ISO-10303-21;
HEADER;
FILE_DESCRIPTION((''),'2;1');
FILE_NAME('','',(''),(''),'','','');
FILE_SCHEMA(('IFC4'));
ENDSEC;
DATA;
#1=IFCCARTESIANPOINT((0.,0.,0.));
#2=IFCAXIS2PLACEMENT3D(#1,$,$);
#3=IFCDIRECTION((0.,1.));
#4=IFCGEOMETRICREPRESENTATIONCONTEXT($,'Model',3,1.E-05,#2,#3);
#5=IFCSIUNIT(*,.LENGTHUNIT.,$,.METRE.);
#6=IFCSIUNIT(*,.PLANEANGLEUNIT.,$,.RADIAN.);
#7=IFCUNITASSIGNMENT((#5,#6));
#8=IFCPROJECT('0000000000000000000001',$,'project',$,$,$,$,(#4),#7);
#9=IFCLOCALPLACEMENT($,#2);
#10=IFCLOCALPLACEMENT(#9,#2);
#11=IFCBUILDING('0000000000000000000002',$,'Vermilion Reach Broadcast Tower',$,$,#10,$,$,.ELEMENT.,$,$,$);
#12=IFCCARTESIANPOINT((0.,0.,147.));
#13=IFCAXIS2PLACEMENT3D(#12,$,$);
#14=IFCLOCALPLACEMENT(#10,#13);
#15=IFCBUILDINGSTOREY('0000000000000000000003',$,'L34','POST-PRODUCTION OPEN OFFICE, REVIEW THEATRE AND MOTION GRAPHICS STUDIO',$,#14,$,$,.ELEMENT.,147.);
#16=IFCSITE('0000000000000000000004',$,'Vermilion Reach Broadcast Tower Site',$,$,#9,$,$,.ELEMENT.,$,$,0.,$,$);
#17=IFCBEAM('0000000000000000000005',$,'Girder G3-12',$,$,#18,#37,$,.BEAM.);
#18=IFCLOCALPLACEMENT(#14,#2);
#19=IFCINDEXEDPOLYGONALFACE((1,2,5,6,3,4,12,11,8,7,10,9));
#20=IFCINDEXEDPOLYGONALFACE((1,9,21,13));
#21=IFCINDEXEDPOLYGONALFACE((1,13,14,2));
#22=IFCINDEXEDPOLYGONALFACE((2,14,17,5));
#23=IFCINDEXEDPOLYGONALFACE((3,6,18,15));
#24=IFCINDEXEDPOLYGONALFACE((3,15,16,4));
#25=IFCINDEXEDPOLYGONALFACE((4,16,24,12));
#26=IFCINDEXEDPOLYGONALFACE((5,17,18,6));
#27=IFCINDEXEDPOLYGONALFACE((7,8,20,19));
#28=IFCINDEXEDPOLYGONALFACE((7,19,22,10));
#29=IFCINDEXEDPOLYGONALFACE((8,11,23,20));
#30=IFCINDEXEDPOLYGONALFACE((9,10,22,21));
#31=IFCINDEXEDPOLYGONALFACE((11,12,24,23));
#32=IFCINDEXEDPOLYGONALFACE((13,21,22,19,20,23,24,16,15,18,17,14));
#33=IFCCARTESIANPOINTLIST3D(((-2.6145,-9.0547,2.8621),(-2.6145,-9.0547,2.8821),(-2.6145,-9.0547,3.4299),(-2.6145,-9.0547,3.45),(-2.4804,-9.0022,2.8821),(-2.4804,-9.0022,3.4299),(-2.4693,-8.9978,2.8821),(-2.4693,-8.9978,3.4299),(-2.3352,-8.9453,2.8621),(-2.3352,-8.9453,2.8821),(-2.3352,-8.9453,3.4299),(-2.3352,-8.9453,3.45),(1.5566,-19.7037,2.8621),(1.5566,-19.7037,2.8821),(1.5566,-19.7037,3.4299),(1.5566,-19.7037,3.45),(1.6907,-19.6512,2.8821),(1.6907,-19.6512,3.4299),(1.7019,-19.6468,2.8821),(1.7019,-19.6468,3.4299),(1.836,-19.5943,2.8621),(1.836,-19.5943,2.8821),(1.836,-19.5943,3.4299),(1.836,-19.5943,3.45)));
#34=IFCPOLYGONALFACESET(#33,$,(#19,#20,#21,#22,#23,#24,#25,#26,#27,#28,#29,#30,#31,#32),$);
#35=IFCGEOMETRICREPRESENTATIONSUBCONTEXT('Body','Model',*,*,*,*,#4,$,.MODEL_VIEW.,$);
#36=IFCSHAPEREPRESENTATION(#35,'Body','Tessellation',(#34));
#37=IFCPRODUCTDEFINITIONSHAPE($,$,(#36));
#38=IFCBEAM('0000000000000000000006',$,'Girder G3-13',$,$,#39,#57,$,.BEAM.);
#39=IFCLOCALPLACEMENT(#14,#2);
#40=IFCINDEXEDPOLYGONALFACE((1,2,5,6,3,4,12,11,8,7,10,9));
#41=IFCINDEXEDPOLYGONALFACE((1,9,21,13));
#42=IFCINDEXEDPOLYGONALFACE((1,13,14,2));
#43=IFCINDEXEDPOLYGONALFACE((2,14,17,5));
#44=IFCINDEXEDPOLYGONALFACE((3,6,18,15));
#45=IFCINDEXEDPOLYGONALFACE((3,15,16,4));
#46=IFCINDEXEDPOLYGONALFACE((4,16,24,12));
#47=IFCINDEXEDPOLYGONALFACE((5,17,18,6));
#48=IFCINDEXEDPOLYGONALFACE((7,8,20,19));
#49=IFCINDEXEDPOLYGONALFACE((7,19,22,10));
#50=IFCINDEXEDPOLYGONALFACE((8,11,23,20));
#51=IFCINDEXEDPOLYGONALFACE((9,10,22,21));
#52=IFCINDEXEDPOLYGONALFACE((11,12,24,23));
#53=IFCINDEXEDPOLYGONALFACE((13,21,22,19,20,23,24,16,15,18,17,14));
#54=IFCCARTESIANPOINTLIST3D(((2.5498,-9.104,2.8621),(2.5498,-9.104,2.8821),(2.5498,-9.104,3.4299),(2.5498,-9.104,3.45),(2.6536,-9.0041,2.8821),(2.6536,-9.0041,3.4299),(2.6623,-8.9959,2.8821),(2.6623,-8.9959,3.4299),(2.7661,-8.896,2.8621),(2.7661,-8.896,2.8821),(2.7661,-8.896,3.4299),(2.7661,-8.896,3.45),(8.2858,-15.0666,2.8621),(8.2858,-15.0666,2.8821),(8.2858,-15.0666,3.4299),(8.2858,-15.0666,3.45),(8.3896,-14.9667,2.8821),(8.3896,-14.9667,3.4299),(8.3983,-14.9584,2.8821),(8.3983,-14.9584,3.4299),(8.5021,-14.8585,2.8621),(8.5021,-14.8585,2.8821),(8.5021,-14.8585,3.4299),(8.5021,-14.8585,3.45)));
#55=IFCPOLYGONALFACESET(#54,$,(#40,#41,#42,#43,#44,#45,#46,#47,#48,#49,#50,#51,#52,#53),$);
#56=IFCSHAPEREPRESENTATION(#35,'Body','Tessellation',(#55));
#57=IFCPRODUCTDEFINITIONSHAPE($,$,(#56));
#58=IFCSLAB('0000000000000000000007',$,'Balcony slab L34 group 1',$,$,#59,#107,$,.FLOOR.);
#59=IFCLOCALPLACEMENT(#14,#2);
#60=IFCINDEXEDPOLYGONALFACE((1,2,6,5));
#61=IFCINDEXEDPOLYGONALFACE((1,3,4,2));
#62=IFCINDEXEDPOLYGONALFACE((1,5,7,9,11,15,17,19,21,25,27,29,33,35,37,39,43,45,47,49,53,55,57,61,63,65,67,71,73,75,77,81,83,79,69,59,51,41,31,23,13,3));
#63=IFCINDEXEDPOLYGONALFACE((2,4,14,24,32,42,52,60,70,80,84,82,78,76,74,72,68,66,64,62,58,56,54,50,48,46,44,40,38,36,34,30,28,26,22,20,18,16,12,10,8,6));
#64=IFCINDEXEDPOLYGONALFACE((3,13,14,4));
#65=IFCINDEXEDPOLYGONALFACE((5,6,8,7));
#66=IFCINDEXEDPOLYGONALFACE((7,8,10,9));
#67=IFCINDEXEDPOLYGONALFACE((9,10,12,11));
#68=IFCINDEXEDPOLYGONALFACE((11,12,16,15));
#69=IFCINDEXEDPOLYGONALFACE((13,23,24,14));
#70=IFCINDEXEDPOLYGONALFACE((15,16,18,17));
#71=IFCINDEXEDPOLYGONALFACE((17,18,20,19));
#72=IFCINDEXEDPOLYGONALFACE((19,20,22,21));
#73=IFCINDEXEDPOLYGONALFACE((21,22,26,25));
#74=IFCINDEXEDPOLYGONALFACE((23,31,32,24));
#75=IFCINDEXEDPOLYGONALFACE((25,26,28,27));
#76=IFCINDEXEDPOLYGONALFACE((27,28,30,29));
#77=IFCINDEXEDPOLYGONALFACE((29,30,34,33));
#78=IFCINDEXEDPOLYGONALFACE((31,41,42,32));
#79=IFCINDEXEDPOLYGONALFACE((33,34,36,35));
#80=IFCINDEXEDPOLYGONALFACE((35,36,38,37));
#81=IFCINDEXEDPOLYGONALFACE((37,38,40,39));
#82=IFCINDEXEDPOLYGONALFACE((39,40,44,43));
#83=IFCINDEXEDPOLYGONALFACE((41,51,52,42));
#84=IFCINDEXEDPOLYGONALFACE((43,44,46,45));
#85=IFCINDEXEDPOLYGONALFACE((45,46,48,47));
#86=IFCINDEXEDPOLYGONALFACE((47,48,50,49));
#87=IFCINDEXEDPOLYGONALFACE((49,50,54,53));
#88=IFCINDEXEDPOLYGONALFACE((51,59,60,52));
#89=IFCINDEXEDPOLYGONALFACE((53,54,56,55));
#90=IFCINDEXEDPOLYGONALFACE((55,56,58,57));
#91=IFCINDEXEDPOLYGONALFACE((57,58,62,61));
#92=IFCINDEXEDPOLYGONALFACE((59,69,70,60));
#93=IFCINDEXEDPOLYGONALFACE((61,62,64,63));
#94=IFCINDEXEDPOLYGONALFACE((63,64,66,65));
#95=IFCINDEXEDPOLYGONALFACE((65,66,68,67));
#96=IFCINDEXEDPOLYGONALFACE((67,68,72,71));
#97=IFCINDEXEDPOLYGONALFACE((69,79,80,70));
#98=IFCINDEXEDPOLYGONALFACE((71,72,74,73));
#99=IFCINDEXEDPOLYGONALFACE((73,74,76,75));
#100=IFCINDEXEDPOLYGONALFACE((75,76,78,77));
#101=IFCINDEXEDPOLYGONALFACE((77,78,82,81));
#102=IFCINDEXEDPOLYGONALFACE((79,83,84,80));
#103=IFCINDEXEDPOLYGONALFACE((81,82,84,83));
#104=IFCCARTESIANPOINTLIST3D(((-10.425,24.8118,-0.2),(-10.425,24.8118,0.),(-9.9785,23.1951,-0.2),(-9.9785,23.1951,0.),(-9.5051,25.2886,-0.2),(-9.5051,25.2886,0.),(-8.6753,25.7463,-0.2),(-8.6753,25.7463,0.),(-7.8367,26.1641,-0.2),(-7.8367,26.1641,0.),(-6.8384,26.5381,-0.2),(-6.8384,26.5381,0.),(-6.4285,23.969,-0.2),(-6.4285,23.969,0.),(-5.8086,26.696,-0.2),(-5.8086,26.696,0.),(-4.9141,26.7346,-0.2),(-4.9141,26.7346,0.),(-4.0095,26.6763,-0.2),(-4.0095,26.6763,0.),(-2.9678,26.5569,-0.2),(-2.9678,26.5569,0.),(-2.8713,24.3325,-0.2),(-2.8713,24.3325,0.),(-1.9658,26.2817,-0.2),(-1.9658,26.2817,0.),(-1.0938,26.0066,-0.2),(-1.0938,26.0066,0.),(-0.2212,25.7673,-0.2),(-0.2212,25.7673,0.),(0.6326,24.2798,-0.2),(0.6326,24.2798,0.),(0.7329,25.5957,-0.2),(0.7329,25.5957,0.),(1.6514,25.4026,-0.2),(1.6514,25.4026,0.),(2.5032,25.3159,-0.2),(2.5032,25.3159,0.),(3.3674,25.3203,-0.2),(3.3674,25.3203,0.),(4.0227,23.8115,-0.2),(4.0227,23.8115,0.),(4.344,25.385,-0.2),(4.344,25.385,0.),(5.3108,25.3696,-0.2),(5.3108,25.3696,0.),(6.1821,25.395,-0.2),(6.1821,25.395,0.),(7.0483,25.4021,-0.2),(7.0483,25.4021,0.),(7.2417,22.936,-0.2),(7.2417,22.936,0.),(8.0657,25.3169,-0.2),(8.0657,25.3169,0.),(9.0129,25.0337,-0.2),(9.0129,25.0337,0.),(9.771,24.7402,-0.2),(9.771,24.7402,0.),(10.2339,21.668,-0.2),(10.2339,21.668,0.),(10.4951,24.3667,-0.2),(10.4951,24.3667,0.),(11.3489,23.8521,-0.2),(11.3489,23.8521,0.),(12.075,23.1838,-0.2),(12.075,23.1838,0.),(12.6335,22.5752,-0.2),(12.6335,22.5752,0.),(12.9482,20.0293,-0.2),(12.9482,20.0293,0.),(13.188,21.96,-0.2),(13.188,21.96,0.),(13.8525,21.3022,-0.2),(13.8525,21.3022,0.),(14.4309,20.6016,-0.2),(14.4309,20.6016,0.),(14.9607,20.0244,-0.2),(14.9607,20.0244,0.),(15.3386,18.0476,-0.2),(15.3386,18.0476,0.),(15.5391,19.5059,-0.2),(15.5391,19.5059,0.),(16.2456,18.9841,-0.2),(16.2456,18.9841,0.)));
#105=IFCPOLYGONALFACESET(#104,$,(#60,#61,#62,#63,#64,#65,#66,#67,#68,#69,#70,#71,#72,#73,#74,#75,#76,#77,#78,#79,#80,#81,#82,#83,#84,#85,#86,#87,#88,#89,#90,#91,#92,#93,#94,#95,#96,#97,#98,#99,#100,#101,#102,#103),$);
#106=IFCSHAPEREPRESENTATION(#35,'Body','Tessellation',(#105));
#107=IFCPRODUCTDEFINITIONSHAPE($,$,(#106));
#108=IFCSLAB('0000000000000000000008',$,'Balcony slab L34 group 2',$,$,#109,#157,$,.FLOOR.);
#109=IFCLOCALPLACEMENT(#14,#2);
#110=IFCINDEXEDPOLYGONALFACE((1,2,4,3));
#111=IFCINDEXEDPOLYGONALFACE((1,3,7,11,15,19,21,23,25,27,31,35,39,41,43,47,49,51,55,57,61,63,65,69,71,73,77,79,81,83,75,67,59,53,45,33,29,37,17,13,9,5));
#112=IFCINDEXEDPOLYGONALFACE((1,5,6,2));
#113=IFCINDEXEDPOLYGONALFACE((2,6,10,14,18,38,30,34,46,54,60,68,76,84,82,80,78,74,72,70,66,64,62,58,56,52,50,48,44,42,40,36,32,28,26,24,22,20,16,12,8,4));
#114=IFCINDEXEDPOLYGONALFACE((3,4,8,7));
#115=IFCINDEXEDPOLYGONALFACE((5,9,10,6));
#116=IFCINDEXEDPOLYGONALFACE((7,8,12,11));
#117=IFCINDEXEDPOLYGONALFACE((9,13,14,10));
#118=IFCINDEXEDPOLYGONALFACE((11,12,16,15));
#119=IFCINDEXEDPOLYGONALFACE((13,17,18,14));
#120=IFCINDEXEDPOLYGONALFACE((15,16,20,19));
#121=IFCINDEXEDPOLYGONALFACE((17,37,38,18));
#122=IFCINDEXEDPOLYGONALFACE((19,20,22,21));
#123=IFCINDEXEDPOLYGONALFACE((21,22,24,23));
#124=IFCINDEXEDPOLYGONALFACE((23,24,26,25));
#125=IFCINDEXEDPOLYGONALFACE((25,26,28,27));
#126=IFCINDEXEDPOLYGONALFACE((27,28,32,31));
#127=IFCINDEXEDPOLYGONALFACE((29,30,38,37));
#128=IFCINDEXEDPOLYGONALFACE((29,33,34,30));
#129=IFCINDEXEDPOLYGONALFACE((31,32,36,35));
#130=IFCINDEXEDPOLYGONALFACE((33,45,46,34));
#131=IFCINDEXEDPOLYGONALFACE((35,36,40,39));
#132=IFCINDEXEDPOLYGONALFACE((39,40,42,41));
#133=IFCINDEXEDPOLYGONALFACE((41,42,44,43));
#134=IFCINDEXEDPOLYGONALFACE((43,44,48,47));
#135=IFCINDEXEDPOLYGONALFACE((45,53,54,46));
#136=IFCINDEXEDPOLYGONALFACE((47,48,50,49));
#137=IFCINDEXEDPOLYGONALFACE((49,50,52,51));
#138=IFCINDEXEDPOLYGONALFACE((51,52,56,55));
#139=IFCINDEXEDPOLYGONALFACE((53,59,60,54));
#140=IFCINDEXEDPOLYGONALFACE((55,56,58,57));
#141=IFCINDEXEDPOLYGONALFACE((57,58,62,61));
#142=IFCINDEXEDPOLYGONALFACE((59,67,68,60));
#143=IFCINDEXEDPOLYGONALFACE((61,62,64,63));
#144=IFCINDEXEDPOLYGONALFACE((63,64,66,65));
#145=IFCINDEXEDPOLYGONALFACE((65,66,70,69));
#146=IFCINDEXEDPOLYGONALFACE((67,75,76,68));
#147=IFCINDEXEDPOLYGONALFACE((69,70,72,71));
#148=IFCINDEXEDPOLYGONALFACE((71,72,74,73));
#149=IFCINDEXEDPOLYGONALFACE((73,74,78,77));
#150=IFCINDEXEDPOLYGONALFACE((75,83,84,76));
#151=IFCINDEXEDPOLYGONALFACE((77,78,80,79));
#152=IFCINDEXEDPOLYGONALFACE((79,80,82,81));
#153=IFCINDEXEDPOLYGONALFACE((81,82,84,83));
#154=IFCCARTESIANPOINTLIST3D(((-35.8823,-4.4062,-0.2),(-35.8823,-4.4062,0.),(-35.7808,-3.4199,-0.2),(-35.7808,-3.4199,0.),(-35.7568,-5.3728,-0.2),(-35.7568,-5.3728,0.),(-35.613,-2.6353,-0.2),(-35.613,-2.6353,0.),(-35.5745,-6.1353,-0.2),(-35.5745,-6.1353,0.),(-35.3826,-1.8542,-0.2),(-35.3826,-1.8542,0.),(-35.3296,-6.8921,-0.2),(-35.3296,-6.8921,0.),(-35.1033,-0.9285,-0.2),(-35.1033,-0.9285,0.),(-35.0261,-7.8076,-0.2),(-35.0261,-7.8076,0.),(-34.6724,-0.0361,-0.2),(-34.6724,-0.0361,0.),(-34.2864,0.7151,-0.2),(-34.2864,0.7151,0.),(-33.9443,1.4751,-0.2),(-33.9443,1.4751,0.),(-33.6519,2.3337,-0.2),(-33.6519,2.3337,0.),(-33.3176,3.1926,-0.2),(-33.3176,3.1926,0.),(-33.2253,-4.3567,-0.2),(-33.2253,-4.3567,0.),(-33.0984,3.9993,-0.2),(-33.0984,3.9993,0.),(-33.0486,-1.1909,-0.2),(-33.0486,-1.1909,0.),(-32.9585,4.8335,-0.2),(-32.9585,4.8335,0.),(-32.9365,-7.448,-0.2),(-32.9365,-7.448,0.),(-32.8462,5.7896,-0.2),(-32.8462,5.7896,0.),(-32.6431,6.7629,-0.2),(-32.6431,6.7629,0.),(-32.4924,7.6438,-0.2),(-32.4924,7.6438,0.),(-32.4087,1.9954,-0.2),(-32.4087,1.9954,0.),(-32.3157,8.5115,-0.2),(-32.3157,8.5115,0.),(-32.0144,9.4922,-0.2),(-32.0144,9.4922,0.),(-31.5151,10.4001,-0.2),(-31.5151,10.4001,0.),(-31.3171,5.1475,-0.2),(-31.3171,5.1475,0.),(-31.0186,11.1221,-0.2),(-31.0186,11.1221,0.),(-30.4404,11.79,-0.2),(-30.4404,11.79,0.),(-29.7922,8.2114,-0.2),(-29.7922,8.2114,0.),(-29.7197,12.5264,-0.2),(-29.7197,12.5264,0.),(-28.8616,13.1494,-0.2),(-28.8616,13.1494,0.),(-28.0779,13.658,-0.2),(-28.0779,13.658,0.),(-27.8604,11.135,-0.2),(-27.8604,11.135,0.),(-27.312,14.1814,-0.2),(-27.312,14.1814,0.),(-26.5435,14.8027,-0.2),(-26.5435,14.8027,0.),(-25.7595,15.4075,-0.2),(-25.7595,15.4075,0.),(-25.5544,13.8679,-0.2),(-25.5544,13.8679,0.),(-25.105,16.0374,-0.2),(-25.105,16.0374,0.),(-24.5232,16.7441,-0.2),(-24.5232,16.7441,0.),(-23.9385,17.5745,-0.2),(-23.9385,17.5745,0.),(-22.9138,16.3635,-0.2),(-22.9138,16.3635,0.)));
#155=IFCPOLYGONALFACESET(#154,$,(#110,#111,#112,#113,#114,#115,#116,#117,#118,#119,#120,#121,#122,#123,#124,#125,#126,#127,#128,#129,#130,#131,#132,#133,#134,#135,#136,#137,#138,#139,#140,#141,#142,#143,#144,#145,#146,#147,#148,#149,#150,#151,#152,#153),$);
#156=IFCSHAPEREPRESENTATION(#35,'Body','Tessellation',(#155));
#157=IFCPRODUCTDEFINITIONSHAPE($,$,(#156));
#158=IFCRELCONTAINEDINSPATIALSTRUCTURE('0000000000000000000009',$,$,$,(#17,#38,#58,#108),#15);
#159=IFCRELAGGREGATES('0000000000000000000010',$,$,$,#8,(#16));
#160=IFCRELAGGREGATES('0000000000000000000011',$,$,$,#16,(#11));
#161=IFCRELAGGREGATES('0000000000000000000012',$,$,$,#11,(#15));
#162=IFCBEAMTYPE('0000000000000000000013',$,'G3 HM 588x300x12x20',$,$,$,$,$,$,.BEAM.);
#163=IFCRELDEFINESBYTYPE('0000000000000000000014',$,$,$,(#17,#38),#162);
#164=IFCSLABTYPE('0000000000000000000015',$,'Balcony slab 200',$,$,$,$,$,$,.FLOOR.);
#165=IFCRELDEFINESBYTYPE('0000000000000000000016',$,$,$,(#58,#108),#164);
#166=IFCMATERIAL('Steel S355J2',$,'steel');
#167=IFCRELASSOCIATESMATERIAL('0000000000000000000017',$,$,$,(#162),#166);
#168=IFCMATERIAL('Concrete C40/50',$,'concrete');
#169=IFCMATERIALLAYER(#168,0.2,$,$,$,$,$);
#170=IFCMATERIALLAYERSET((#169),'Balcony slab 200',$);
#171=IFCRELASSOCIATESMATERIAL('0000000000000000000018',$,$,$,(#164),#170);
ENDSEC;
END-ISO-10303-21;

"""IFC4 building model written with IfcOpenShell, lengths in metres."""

from ifc_helpers import new_model, si_unit, direction, frame, origin, origin_2d, place, context, subcontext, project, spatial, polyline, i_section, outline, extrude, material, layer, layer_set, material_profile, profile_set, type_object, element, save


model = new_model("IFC4")

# Units and contexts
model_context = context("Model", 3, precision=1e-05, world=origin(), true_north=direction((0.0, 1.0)))
body_context = subcontext(model_context, "Body", "Model", "MODEL_VIEW")
ifc_project = project(units=[si_unit("LENGTHUNIT", "METRE"), si_unit("PLANEANGLEUNIT", "RADIAN")], contexts=[model_context])

# Site, building, storey
site_placement = place(None, origin())
site = spatial("IfcSite", under=ifc_project, at=site_placement, Name="Vermilion Reach Broadcast Tower Site", CompositionType="ELEMENT", RefElevation=0.0)
building_placement = place(site_placement, origin())
building = spatial("IfcBuilding", under=site, at=building_placement, Name="Vermilion Reach Broadcast Tower", CompositionType="ELEMENT")
storey_placement = place(building_placement, frame((0.0, 0.0, 147.0)))
storey = spatial("IfcBuildingStorey", under=building, at=storey_placement, Name="L34", Description="POST-PRODUCTION OPEN OFFICE, REVIEW THEATRE AND MOTION GRAPHICS STUDIO", CompositionType="ELEMENT", Elevation=147.0)

# Beams
ifc_material_1 = material(Name="Steel S355J2", Category="steel")
ifc_material_profile = material_profile(ifc_material_1, i_section(OverallWidth=0.3, OverallDepth=0.5879, WebThickness=0.012, FlangeThickness=0.02, at=origin_2d()), Name="S355J2 HM 588x300x12x20")
ifc_profile_set = profile_set([ifc_material_profile], Name="Steel S355J2")
beam_type = type_object("IfcBeamType", Name="G3 HM 588x300x12x20", PredefinedType="BEAM", material=ifc_profile_set)
beam_1_placement = place(storey_placement, frame((-2.4749, -9.0, 3.156), z_axis=(0.364716, -0.931119, 0.0), x_axis=(0.931119, 0.364716, 0.0)))
element("IfcBeam", 1, at=beam_1_placement, inside=storey, type_object=beam_type, Name="Girder G3-12", PredefinedType="BEAM", context=body_context, shape_type="SweptSolid", body=[
    extrude(i_section(OverallWidth=0.3, OverallDepth=0.5879, WebThickness=0.012, FlangeThickness=0.02, at=origin_2d()), origin(), (0.0, 0.0, 1.0), 11.4368),
])
beam_2_placement = place(storey_placement, frame((2.658, -9.0, 3.156), z_axis=(0.693283, -0.720666, 0.0), x_axis=(0.720666, 0.693283, 0.0)))
element("IfcBeam", 2, at=beam_2_placement, inside=storey, type_object=beam_type, Name="Girder G3-13", PredefinedType="BEAM", context=body_context, shape_type="SweptSolid", body=[
    extrude(i_section(OverallWidth=0.3, OverallDepth=0.5879, WebThickness=0.012, FlangeThickness=0.02, at=origin_2d()), origin(), (0.0, 0.0, 1.0), 8.2737),
])

# Slabs
ifc_material_2 = material(Name="Concrete C40/50", Category="concrete")
ifc_layer_1 = layer(ifc_material_2, 0.2)
ifc_layer_set_1 = layer_set([ifc_layer_1], Name="Balcony slab 200")
slab_type_1 = type_object("IfcSlabType", Name="Balcony slab 200", PredefinedType="FLOOR", material=ifc_layer_set_1)
placement_1 = place(storey_placement, frame((0.0, 0.0, -0.2)))
element("IfcSlab", 3, at=placement_1, inside=storey, type_object=slab_type_1, Name="Balcony slab L34 group 1", PredefinedType="FLOOR", context=body_context, shape_type="SweptSolid", body=[
    extrude(outline(polyline([(15.3386, 18.0476), (12.9482, 20.0293), (10.2339, 21.668), (7.2417, 22.936), (4.0227, 23.8115), (0.6326, 24.2798), (-2.8713, 24.3325), (-6.4285, 23.969), (-9.9785, 23.1951), (-10.425, 24.8118), (-9.5051, 25.2886), (-8.6753, 25.7463), (-7.8367, 26.1641), (-6.8384, 26.5381), (-5.8086, 26.696), (-4.9141, 26.7346), (-4.0095, 26.6763), (-2.9678, 26.5569), (-1.9658, 26.2817), (-1.0938, 26.0066), (-0.2212, 25.7673), (0.7329, 25.5957), (1.6514, 25.4026), (2.5032, 25.3159), (3.3674, 25.3203), (4.344, 25.385), (5.3108, 25.3696), (6.1821, 25.395), (7.0483, 25.4021), (8.0657, 25.3169), (9.0129, 25.0337), (9.771, 24.7402), (10.4951, 24.3667), (11.3489, 23.8521), (12.075, 23.1838), (12.6335, 22.5752), (13.188, 21.96), (13.8525, 21.3022), (14.4309, 20.6016), (14.9607, 20.0244), (15.5391, 19.5059), (16.2456, 18.9841), (15.3386, 18.0476)])), origin(), (0.0, 0.0, 1.0), 0.2),
])
element("IfcSlab", 4, at=placement_1, inside=storey, type_object=slab_type_1, Name="Balcony slab L34 group 2", PredefinedType="FLOOR", context=body_context, shape_type="SweptSolid", body=[
    extrude(outline(polyline([(-22.9138, 16.3635), (-25.5544, 13.8679), (-27.8604, 11.135), (-29.7922, 8.2114), (-31.3171, 5.1475), (-32.4087, 1.9954), (-33.0486, -1.1909), (-33.2253, -4.3567), (-32.9365, -7.448), (-35.0261, -7.8076), (-35.3296, -6.8921), (-35.5745, -6.1353), (-35.7568, -5.3728), (-35.8823, -4.4062), (-35.7808, -3.4199), (-35.613, -2.6353), (-35.3826, -1.8542), (-35.1033, -0.9285), (-34.6724, -0.0361), (-34.2864, 0.7151), (-33.9443, 1.4751), (-33.6519, 2.3337), (-33.3176, 3.1926), (-33.0984, 3.9993), (-32.9585, 4.8335), (-32.8462, 5.7896), (-32.6431, 6.7629), (-32.4924, 7.6438), (-32.3157, 8.5115), (-32.0144, 9.4922), (-31.5151, 10.4001), (-31.0186, 11.1221), (-30.4404, 11.79), (-29.7197, 12.5264), (-28.8616, 13.1494), (-28.0779, 13.658), (-27.312, 14.1814), (-26.5435, 14.8027), (-25.7595, 15.4075), (-25.105, 16.0374), (-24.5232, 16.7441), (-23.9385, 17.5745), (-22.9138, 16.3635)])), origin(), (0.0, 0.0, 1.0), 0.2),
])

save(model, "model.ifc")
